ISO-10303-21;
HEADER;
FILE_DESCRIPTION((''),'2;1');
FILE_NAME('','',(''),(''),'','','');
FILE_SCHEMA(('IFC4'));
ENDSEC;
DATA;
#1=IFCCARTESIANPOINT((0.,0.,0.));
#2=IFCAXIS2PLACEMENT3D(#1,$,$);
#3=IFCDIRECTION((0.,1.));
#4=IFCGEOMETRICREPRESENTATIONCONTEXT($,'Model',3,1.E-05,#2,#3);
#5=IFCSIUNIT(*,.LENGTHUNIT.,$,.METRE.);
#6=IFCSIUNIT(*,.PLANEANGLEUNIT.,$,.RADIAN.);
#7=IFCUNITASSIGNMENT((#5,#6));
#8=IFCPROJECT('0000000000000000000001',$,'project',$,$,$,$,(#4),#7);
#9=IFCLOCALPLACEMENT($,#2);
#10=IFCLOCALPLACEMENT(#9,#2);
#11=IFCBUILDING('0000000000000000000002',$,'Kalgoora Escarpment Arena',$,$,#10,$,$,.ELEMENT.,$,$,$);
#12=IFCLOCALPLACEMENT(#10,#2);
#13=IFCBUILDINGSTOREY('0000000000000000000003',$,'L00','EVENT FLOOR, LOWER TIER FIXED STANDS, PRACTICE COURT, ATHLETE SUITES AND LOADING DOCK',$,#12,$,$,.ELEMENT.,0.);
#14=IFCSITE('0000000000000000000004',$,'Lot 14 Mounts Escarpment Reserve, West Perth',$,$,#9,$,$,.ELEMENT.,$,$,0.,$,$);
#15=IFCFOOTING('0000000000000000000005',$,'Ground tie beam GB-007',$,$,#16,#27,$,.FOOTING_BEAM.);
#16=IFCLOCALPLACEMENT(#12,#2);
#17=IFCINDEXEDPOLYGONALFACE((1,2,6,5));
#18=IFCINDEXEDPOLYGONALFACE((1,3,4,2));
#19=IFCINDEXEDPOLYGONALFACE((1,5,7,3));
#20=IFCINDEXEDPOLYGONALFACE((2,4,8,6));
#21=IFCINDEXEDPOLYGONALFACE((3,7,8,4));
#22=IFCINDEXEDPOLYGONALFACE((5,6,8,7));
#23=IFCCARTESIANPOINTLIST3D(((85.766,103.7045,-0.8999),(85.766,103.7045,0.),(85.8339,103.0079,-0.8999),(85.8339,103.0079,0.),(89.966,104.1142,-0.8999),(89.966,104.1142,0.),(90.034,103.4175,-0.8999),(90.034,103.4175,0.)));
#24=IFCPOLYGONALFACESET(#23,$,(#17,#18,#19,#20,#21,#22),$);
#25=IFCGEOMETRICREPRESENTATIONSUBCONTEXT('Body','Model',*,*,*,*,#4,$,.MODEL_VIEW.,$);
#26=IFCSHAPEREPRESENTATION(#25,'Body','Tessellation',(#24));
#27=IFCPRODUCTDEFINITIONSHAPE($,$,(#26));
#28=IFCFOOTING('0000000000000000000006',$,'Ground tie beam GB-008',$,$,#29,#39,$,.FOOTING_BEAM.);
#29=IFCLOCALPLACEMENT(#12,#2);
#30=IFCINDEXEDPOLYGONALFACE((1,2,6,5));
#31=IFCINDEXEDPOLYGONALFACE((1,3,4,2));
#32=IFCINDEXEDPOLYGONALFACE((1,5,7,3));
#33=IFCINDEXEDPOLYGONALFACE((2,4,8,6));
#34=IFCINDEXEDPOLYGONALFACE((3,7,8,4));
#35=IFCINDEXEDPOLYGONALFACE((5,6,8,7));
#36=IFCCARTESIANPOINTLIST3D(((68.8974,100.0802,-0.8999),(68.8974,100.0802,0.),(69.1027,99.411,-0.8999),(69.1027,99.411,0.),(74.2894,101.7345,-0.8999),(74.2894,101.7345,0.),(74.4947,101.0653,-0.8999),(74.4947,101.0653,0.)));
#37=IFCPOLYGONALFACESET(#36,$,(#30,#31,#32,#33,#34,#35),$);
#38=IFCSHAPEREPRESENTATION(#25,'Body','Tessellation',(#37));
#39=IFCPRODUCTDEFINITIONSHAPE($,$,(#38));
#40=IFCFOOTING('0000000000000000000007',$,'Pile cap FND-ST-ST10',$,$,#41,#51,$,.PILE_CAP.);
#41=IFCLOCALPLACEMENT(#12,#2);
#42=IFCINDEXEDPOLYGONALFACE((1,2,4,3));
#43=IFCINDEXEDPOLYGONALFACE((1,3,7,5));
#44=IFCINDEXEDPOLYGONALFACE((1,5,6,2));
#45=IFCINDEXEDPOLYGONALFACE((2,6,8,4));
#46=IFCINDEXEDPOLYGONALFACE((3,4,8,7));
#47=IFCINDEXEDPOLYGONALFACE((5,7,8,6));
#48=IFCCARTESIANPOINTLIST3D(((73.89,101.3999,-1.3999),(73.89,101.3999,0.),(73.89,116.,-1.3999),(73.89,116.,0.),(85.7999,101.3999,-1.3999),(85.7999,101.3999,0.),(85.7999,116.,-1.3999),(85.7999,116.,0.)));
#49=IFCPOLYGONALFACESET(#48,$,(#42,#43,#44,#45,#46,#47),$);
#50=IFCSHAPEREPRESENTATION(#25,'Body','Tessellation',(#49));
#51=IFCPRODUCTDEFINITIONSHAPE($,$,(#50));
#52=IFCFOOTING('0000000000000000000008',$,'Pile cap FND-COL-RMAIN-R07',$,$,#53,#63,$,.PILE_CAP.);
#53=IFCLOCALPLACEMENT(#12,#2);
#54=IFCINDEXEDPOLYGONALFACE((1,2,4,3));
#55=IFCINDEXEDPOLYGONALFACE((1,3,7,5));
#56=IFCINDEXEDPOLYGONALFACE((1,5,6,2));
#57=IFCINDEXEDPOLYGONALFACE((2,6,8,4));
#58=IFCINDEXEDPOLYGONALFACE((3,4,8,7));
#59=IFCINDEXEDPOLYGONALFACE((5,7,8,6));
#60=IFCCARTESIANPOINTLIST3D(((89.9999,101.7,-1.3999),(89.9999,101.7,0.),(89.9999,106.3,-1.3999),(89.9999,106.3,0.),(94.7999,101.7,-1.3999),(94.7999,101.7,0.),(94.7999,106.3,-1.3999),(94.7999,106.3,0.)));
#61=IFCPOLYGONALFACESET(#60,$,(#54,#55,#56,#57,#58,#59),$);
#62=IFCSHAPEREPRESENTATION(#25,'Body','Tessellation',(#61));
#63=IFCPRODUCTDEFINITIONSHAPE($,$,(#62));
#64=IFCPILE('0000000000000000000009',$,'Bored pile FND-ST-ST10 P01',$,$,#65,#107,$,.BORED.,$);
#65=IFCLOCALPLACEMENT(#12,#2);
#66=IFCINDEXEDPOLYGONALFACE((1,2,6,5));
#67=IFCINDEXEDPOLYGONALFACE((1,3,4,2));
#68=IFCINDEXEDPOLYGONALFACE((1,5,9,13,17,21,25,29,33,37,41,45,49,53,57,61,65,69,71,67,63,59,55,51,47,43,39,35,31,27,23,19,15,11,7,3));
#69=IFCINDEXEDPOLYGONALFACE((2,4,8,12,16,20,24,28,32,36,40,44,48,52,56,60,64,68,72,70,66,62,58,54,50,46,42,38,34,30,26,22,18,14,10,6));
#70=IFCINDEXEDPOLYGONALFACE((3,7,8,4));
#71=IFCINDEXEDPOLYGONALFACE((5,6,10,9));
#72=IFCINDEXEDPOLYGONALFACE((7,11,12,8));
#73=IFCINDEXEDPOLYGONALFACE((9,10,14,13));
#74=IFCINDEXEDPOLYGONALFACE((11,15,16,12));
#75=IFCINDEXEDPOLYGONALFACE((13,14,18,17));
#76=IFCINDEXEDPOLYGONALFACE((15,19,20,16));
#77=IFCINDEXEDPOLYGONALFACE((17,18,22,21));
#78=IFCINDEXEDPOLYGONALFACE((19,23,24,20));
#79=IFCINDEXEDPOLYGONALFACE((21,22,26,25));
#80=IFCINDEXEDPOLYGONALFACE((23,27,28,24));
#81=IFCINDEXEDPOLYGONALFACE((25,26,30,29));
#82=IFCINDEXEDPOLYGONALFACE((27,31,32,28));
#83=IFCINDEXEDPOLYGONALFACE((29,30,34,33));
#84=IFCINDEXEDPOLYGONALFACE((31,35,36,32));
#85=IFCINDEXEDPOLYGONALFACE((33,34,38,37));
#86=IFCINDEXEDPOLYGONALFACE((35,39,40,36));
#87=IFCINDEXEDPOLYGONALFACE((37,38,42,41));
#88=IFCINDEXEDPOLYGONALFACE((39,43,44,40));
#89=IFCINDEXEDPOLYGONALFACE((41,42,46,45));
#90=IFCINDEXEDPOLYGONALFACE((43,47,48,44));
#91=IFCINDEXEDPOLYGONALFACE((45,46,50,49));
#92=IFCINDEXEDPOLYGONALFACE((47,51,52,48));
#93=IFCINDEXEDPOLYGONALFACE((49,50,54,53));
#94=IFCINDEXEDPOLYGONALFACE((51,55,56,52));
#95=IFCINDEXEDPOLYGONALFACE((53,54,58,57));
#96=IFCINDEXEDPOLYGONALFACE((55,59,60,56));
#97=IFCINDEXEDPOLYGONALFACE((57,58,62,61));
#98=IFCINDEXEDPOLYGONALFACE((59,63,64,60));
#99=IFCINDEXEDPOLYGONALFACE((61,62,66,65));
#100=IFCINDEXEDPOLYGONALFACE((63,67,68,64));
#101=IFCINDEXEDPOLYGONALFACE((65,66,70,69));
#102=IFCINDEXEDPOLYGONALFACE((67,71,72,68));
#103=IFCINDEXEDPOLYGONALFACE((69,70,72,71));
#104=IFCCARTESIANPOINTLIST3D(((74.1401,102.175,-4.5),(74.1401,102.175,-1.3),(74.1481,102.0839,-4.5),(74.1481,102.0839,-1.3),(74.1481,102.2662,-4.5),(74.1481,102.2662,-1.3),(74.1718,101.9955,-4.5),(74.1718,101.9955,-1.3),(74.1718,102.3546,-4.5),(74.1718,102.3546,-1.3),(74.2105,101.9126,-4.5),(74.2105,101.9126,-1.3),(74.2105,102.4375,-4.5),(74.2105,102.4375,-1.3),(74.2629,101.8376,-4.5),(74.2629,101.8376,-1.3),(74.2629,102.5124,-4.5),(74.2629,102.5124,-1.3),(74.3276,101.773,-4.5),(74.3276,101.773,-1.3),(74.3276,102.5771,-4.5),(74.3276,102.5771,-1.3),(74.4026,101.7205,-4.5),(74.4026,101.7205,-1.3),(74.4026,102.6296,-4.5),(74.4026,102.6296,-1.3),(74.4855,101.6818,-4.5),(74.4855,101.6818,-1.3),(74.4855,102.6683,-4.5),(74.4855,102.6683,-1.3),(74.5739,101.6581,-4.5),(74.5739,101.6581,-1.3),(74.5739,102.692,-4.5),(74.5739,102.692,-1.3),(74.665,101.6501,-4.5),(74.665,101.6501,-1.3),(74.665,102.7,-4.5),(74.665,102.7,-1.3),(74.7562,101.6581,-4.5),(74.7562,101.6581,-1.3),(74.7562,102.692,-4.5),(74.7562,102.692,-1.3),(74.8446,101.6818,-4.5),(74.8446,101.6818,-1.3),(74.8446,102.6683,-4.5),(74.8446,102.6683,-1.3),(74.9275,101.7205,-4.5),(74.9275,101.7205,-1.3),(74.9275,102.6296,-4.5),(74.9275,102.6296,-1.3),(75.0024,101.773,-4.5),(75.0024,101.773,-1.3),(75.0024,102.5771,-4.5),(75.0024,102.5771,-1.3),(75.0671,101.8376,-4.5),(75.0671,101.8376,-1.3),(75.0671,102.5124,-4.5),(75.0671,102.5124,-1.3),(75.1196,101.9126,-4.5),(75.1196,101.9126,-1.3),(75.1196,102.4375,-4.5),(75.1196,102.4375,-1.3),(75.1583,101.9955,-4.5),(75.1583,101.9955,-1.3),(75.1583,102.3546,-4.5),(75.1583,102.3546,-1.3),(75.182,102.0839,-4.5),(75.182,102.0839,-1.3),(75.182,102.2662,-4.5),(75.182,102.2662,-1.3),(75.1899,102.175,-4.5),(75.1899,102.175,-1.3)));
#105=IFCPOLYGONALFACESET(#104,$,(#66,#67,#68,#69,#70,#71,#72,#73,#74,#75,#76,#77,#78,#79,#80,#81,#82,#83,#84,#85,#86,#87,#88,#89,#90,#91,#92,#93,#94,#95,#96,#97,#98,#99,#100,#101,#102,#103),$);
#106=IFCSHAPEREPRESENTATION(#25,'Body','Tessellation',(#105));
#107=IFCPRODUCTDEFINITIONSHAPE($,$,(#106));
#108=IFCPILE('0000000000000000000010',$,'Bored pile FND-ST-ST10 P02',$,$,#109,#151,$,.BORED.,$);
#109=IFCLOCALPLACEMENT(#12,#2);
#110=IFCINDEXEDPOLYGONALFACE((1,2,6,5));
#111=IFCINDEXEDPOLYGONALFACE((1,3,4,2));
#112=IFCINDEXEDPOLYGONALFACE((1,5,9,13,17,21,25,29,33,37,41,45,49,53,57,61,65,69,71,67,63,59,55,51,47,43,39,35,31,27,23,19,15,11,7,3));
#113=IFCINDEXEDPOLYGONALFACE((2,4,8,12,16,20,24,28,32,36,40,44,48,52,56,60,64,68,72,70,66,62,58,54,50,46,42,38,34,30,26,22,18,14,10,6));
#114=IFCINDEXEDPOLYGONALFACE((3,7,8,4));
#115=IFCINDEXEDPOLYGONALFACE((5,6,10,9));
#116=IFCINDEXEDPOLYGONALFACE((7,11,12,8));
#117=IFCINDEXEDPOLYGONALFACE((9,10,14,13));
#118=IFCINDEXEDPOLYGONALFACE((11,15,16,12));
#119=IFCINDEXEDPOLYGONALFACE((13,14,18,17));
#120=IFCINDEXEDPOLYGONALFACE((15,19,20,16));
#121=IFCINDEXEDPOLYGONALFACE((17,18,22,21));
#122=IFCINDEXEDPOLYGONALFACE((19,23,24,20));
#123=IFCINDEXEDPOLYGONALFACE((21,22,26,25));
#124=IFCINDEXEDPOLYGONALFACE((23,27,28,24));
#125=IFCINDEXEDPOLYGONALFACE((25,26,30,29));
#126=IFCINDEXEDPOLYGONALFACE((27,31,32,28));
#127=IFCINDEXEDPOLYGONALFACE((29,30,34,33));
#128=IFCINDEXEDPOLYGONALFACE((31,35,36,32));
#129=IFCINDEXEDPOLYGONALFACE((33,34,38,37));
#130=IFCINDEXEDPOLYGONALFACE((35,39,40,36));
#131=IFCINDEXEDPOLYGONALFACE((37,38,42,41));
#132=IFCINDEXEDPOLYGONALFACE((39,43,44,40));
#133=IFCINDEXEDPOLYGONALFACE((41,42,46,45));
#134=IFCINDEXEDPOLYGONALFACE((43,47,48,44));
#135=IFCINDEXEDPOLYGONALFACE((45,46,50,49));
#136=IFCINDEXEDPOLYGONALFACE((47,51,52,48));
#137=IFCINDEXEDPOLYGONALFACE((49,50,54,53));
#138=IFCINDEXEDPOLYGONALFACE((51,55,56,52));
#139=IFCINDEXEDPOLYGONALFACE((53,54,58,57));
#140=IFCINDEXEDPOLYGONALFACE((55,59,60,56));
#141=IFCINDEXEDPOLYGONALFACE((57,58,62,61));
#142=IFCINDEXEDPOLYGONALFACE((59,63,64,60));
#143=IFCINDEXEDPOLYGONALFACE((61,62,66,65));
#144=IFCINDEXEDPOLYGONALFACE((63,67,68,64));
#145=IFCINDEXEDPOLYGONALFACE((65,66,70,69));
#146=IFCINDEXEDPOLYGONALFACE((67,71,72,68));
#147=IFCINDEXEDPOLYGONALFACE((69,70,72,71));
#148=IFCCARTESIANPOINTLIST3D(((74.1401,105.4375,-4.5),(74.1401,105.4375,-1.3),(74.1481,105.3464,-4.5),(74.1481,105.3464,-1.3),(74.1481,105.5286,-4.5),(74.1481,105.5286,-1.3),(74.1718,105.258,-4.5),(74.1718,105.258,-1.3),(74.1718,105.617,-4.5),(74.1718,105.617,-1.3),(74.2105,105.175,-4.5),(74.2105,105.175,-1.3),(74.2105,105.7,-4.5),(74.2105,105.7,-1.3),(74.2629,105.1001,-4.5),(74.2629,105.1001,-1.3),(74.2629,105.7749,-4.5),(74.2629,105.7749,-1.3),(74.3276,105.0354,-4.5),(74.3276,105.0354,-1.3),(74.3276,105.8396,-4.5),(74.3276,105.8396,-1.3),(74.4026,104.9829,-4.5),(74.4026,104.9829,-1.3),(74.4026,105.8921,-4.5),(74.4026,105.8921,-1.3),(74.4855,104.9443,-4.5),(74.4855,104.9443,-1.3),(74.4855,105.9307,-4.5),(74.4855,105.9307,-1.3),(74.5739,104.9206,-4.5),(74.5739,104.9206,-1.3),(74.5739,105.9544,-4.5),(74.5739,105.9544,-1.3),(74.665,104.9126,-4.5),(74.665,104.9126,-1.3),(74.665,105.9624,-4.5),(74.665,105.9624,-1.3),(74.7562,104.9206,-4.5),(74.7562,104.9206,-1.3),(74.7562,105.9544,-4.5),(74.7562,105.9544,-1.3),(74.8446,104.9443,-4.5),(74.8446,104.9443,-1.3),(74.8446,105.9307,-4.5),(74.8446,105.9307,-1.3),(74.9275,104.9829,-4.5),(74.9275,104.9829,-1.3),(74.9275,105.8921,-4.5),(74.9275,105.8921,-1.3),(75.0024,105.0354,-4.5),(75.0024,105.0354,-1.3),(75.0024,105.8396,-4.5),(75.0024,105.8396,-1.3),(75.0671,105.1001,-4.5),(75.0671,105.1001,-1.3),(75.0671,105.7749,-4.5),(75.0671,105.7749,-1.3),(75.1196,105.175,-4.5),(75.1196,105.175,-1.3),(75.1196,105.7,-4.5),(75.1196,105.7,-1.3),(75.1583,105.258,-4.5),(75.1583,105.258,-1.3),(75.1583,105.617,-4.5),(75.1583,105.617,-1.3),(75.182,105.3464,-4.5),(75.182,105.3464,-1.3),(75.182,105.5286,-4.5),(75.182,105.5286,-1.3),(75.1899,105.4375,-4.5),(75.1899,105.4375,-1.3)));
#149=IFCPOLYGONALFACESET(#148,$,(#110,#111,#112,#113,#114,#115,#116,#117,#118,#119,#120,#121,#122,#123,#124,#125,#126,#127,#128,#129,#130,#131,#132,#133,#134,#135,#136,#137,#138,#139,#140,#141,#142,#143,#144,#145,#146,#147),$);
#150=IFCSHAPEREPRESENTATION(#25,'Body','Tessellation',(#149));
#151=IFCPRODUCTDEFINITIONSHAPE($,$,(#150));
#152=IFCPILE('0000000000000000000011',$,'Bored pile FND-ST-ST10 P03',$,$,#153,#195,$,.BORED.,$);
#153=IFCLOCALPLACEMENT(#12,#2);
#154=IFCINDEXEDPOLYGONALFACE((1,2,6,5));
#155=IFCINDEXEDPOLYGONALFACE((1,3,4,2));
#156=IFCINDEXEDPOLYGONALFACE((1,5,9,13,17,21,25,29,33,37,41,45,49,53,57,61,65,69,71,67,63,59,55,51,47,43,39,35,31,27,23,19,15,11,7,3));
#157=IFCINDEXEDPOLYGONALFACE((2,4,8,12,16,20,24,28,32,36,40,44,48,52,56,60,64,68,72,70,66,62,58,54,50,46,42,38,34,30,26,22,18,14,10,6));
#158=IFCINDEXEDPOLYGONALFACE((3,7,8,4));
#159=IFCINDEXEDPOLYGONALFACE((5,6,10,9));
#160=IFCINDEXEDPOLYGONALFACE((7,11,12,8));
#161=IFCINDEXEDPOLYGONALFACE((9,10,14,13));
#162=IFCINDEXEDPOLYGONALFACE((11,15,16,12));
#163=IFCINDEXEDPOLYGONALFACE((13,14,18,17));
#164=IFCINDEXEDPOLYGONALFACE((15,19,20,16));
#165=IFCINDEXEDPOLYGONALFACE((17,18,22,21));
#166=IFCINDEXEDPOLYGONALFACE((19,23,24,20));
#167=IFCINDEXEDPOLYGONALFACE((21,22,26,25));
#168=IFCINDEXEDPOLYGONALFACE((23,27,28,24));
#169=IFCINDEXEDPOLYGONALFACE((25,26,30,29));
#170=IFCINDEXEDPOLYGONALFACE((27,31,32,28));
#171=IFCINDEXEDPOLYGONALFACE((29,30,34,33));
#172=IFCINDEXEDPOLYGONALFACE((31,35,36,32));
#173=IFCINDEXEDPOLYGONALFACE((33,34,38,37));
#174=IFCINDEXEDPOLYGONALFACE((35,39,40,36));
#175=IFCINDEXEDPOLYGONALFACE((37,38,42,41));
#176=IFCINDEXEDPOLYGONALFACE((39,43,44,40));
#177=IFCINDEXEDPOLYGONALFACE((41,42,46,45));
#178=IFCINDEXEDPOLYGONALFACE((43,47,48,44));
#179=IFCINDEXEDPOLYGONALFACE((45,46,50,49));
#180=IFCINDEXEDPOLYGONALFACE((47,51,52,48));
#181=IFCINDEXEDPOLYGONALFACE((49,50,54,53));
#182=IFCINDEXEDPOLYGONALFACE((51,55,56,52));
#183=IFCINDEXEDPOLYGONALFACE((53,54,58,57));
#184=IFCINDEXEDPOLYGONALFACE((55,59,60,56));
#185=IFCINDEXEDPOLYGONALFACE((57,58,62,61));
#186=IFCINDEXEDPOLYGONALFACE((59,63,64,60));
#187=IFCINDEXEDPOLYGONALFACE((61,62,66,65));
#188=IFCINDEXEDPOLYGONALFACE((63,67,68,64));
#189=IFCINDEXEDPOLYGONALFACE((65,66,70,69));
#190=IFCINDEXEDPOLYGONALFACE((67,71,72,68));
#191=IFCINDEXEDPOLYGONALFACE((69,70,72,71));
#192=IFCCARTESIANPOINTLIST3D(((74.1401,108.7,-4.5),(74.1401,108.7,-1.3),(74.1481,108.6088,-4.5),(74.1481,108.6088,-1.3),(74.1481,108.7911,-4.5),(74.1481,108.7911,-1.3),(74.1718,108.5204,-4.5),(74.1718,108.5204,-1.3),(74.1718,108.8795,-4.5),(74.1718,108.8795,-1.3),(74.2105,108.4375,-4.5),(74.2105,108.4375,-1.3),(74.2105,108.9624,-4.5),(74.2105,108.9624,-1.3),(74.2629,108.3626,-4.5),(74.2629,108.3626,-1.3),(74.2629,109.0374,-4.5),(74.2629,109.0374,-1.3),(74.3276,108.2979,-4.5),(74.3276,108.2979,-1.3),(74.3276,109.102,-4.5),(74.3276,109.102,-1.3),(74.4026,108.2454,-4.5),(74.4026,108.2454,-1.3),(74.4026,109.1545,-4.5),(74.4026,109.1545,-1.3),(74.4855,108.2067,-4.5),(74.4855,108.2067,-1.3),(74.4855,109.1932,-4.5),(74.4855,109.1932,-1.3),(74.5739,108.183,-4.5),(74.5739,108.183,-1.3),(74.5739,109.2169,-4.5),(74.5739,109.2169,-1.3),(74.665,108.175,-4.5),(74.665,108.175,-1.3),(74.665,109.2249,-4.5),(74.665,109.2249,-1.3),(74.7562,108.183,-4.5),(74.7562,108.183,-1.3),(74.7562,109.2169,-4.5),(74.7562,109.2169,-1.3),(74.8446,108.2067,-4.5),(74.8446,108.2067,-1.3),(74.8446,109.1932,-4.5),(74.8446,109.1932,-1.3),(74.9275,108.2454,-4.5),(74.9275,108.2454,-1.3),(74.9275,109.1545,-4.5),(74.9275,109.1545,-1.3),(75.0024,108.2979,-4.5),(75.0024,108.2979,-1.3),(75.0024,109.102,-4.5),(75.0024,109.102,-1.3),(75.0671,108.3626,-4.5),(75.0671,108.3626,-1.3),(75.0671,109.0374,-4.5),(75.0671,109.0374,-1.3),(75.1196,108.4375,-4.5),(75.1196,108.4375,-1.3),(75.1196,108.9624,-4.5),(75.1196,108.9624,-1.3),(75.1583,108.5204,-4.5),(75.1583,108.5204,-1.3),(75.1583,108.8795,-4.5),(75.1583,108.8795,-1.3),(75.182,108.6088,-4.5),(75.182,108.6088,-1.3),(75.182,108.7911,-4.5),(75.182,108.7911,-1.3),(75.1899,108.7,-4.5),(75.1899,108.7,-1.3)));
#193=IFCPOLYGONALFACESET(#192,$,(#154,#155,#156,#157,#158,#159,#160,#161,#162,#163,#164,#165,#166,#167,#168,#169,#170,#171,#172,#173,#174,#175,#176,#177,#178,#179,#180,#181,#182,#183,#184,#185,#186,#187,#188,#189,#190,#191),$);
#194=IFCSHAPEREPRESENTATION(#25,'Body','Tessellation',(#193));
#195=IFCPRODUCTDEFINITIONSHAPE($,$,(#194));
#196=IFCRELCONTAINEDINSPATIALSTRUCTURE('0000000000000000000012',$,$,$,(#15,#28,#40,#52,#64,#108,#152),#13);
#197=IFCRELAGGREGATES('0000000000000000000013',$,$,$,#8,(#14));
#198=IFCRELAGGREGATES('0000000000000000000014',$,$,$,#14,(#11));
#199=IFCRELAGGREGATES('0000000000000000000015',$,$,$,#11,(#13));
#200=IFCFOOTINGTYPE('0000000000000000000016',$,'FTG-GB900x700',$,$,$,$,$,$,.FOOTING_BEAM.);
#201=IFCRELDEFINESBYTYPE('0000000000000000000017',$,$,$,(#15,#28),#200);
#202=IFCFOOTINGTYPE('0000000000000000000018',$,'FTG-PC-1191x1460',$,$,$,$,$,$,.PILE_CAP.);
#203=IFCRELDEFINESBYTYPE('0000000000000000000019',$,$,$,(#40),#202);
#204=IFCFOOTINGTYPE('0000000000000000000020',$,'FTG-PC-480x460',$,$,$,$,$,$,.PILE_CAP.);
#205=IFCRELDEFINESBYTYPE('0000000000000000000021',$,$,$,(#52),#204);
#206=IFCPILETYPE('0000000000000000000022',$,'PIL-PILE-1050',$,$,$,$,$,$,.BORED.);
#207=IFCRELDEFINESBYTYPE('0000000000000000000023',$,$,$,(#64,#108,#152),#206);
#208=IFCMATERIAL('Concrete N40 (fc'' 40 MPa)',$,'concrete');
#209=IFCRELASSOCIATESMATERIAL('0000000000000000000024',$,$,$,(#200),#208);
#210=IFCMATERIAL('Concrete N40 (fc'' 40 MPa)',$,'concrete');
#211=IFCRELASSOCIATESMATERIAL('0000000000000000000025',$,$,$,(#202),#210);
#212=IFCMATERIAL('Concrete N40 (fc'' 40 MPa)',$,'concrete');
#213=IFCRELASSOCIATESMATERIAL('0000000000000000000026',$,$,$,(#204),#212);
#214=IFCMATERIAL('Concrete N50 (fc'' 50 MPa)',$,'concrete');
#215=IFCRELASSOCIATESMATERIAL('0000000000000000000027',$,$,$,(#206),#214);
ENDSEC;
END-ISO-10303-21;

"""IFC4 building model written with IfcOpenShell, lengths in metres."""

from ifc_helpers import new_model, si_unit, direction, frame, origin, origin_2d, place, context, subcontext, project, spatial, rectangle, circle, extrude, material, material_profile, profile_set, type_object, element, save


model = new_model("IFC4")

# Units and contexts
model_context = context("Model", 3, precision=1e-05, world=origin(), true_north=direction((0.0, 1.0)))
body_context = subcontext(model_context, "Body", "Model", "MODEL_VIEW")
ifc_project = project(units=[si_unit("LENGTHUNIT", "METRE"), si_unit("PLANEANGLEUNIT", "RADIAN")], contexts=[model_context])

# Site, building, storey
site_placement = place(None, origin())
site = spatial("IfcSite", under=ifc_project, at=site_placement, Name="Lot 14 Mounts Escarpment Reserve, West Perth", CompositionType="ELEMENT", RefElevation=0.0)
building_placement = place(site_placement, origin())
building = spatial("IfcBuilding", under=site, at=building_placement, Name="Kalgoora Escarpment Arena", CompositionType="ELEMENT")
storey_placement = place(building_placement, origin())
storey = spatial("IfcBuildingStorey", under=building, at=storey_placement, Name="L00", Description="EVENT FLOOR, LOWER TIER FIXED STANDS, PRACTICE COURT, ATHLETE SUITES AND LOADING DOCK", CompositionType="ELEMENT", Elevation=0.0)

# Footings
ifc_material_1 = material(Name="Concrete N40 (fc' 40 MPa)", Category="concrete")
ifc_material_profile_1 = material_profile(ifc_material_1, rectangle(XDim=0.7, YDim=0.8999, at=origin_2d()))
ifc_profile_set_1 = profile_set([ifc_material_profile_1], Name="Concrete N40 (fc' 40 MPa)")
footing_type_1 = type_object("IfcFootingType", Name="FTG-GB900x700", PredefinedType="FOOTING_BEAM", material=ifc_profile_set_1)
footing_1_placement = place(storey_placement, frame((90.0, 103.7659, -0.45), z_axis=(-0.995277, -0.09708, 0.0), x_axis=(0.09708, -0.995277, 0.0)))
element("IfcFooting", 1, at=footing_1_placement, inside=storey, type_object=footing_type_1, Name="Ground tie beam GB-007", PredefinedType="FOOTING_BEAM", context=body_context, shape_type="SweptSolid", body=[
    extrude(rectangle(XDim=0.7, YDim=0.8999, at=origin_2d()), origin(), (0.0, 0.0, 1.0), 4.22),
])
footing_2_placement = place(storey_placement, frame((74.3921, 101.3999, -0.45), z_axis=(-0.956018, -0.293307, 0.0), x_axis=(0.293307, -0.956018, 0.0)))
element("IfcFooting", 2, at=footing_2_placement, inside=storey, type_object=footing_type_1, Name="Ground tie beam GB-008", PredefinedType="FOOTING_BEAM", context=body_context, shape_type="SweptSolid", body=[
    extrude(rectangle(XDim=0.7, YDim=0.8999, at=origin_2d()), origin(), (0.0, 0.0, 1.0), 5.6401),
])
ifc_material_2 = material(Name="Concrete N40 (fc' 40 MPa)", Category="concrete")
footing_type_2 = type_object("IfcFootingType", Name="FTG-PC-1191x1460", PredefinedType="PILE_CAP", material=ifc_material_2)
footing_3_placement = place(storey_placement, frame((79.845, 108.7, -1.3999), z_axis=(0.0, 0.0, 1.0), x_axis=(1.0, 0.0, 0.0)))
element("IfcFooting", 3, at=footing_3_placement, inside=storey, type_object=footing_type_2, Name="Pile cap FND-ST-ST10", PredefinedType="PILE_CAP", context=body_context, shape_type="SweptSolid", body=[
    extrude(rectangle(XDim=11.9099, YDim=14.6001, at=origin_2d()), origin(), (0.0, 0.0, 1.0), 1.3999),
])
ifc_material_3 = material(Name="Concrete N40 (fc' 40 MPa)", Category="concrete")
footing_type_3 = type_object("IfcFootingType", Name="FTG-PC-480x460", PredefinedType="PILE_CAP", material=ifc_material_3)
footing_4_placement = place(storey_placement, frame((92.3999, 104.0, -1.3999), z_axis=(0.0, 0.0, 1.0), x_axis=(1.0, 0.0, 0.0)))
element("IfcFooting", 4, at=footing_4_placement, inside=storey, type_object=footing_type_3, Name="Pile cap FND-COL-RMAIN-R07", PredefinedType="PILE_CAP", context=body_context, shape_type="SweptSolid", body=[
    extrude(rectangle(XDim=4.8, YDim=4.6001, at=origin_2d()), origin(), (0.0, 0.0, 1.0), 1.3999),
])

# Piles
ifc_material_4 = material(Name="Concrete N50 (fc' 50 MPa)", Category="concrete")
ifc_material_profile_2 = material_profile(ifc_material_4, circle(Radius=0.5249, at=origin_2d()))
ifc_profile_set_2 = profile_set([ifc_material_profile_2], Name="Concrete N50 (fc' 50 MPa)")
pile_type_1 = type_object("IfcPileType", Name="PIL-PILE-1050", PredefinedType="BORED", material=ifc_profile_set_2)
for number, where, z_axis, x_axis, name in (
    (5, (74.665, 102.175, -1.3), (0.0, 0.0, -1.0), (1.0, 0.0, 0.0), "Bored pile FND-ST-ST10 P01"),
    (6, (74.665, 105.4375, -1.3), (0.0, 0.0, -1.0), (1.0, 0.0, 0.0), "Bored pile FND-ST-ST10 P02"),
    (7, (74.665, 108.7, -1.3), (0.0, 0.0, -1.0), (1.0, 0.0, 0.0), "Bored pile FND-ST-ST10 P03"),
):
    element("IfcPile", number, at=place(storey_placement, frame(where, z_axis=z_axis, x_axis=x_axis)), inside=storey, type_object=pile_type_1, Name=name, PredefinedType="BORED", context=body_context, shape_type="SweptSolid", body=[
        extrude(circle(Radius=0.5249, at=origin_2d()), origin(), (0.0, 0.0, 1.0), 3.2),
    ])

save(model, "model.ifc")
